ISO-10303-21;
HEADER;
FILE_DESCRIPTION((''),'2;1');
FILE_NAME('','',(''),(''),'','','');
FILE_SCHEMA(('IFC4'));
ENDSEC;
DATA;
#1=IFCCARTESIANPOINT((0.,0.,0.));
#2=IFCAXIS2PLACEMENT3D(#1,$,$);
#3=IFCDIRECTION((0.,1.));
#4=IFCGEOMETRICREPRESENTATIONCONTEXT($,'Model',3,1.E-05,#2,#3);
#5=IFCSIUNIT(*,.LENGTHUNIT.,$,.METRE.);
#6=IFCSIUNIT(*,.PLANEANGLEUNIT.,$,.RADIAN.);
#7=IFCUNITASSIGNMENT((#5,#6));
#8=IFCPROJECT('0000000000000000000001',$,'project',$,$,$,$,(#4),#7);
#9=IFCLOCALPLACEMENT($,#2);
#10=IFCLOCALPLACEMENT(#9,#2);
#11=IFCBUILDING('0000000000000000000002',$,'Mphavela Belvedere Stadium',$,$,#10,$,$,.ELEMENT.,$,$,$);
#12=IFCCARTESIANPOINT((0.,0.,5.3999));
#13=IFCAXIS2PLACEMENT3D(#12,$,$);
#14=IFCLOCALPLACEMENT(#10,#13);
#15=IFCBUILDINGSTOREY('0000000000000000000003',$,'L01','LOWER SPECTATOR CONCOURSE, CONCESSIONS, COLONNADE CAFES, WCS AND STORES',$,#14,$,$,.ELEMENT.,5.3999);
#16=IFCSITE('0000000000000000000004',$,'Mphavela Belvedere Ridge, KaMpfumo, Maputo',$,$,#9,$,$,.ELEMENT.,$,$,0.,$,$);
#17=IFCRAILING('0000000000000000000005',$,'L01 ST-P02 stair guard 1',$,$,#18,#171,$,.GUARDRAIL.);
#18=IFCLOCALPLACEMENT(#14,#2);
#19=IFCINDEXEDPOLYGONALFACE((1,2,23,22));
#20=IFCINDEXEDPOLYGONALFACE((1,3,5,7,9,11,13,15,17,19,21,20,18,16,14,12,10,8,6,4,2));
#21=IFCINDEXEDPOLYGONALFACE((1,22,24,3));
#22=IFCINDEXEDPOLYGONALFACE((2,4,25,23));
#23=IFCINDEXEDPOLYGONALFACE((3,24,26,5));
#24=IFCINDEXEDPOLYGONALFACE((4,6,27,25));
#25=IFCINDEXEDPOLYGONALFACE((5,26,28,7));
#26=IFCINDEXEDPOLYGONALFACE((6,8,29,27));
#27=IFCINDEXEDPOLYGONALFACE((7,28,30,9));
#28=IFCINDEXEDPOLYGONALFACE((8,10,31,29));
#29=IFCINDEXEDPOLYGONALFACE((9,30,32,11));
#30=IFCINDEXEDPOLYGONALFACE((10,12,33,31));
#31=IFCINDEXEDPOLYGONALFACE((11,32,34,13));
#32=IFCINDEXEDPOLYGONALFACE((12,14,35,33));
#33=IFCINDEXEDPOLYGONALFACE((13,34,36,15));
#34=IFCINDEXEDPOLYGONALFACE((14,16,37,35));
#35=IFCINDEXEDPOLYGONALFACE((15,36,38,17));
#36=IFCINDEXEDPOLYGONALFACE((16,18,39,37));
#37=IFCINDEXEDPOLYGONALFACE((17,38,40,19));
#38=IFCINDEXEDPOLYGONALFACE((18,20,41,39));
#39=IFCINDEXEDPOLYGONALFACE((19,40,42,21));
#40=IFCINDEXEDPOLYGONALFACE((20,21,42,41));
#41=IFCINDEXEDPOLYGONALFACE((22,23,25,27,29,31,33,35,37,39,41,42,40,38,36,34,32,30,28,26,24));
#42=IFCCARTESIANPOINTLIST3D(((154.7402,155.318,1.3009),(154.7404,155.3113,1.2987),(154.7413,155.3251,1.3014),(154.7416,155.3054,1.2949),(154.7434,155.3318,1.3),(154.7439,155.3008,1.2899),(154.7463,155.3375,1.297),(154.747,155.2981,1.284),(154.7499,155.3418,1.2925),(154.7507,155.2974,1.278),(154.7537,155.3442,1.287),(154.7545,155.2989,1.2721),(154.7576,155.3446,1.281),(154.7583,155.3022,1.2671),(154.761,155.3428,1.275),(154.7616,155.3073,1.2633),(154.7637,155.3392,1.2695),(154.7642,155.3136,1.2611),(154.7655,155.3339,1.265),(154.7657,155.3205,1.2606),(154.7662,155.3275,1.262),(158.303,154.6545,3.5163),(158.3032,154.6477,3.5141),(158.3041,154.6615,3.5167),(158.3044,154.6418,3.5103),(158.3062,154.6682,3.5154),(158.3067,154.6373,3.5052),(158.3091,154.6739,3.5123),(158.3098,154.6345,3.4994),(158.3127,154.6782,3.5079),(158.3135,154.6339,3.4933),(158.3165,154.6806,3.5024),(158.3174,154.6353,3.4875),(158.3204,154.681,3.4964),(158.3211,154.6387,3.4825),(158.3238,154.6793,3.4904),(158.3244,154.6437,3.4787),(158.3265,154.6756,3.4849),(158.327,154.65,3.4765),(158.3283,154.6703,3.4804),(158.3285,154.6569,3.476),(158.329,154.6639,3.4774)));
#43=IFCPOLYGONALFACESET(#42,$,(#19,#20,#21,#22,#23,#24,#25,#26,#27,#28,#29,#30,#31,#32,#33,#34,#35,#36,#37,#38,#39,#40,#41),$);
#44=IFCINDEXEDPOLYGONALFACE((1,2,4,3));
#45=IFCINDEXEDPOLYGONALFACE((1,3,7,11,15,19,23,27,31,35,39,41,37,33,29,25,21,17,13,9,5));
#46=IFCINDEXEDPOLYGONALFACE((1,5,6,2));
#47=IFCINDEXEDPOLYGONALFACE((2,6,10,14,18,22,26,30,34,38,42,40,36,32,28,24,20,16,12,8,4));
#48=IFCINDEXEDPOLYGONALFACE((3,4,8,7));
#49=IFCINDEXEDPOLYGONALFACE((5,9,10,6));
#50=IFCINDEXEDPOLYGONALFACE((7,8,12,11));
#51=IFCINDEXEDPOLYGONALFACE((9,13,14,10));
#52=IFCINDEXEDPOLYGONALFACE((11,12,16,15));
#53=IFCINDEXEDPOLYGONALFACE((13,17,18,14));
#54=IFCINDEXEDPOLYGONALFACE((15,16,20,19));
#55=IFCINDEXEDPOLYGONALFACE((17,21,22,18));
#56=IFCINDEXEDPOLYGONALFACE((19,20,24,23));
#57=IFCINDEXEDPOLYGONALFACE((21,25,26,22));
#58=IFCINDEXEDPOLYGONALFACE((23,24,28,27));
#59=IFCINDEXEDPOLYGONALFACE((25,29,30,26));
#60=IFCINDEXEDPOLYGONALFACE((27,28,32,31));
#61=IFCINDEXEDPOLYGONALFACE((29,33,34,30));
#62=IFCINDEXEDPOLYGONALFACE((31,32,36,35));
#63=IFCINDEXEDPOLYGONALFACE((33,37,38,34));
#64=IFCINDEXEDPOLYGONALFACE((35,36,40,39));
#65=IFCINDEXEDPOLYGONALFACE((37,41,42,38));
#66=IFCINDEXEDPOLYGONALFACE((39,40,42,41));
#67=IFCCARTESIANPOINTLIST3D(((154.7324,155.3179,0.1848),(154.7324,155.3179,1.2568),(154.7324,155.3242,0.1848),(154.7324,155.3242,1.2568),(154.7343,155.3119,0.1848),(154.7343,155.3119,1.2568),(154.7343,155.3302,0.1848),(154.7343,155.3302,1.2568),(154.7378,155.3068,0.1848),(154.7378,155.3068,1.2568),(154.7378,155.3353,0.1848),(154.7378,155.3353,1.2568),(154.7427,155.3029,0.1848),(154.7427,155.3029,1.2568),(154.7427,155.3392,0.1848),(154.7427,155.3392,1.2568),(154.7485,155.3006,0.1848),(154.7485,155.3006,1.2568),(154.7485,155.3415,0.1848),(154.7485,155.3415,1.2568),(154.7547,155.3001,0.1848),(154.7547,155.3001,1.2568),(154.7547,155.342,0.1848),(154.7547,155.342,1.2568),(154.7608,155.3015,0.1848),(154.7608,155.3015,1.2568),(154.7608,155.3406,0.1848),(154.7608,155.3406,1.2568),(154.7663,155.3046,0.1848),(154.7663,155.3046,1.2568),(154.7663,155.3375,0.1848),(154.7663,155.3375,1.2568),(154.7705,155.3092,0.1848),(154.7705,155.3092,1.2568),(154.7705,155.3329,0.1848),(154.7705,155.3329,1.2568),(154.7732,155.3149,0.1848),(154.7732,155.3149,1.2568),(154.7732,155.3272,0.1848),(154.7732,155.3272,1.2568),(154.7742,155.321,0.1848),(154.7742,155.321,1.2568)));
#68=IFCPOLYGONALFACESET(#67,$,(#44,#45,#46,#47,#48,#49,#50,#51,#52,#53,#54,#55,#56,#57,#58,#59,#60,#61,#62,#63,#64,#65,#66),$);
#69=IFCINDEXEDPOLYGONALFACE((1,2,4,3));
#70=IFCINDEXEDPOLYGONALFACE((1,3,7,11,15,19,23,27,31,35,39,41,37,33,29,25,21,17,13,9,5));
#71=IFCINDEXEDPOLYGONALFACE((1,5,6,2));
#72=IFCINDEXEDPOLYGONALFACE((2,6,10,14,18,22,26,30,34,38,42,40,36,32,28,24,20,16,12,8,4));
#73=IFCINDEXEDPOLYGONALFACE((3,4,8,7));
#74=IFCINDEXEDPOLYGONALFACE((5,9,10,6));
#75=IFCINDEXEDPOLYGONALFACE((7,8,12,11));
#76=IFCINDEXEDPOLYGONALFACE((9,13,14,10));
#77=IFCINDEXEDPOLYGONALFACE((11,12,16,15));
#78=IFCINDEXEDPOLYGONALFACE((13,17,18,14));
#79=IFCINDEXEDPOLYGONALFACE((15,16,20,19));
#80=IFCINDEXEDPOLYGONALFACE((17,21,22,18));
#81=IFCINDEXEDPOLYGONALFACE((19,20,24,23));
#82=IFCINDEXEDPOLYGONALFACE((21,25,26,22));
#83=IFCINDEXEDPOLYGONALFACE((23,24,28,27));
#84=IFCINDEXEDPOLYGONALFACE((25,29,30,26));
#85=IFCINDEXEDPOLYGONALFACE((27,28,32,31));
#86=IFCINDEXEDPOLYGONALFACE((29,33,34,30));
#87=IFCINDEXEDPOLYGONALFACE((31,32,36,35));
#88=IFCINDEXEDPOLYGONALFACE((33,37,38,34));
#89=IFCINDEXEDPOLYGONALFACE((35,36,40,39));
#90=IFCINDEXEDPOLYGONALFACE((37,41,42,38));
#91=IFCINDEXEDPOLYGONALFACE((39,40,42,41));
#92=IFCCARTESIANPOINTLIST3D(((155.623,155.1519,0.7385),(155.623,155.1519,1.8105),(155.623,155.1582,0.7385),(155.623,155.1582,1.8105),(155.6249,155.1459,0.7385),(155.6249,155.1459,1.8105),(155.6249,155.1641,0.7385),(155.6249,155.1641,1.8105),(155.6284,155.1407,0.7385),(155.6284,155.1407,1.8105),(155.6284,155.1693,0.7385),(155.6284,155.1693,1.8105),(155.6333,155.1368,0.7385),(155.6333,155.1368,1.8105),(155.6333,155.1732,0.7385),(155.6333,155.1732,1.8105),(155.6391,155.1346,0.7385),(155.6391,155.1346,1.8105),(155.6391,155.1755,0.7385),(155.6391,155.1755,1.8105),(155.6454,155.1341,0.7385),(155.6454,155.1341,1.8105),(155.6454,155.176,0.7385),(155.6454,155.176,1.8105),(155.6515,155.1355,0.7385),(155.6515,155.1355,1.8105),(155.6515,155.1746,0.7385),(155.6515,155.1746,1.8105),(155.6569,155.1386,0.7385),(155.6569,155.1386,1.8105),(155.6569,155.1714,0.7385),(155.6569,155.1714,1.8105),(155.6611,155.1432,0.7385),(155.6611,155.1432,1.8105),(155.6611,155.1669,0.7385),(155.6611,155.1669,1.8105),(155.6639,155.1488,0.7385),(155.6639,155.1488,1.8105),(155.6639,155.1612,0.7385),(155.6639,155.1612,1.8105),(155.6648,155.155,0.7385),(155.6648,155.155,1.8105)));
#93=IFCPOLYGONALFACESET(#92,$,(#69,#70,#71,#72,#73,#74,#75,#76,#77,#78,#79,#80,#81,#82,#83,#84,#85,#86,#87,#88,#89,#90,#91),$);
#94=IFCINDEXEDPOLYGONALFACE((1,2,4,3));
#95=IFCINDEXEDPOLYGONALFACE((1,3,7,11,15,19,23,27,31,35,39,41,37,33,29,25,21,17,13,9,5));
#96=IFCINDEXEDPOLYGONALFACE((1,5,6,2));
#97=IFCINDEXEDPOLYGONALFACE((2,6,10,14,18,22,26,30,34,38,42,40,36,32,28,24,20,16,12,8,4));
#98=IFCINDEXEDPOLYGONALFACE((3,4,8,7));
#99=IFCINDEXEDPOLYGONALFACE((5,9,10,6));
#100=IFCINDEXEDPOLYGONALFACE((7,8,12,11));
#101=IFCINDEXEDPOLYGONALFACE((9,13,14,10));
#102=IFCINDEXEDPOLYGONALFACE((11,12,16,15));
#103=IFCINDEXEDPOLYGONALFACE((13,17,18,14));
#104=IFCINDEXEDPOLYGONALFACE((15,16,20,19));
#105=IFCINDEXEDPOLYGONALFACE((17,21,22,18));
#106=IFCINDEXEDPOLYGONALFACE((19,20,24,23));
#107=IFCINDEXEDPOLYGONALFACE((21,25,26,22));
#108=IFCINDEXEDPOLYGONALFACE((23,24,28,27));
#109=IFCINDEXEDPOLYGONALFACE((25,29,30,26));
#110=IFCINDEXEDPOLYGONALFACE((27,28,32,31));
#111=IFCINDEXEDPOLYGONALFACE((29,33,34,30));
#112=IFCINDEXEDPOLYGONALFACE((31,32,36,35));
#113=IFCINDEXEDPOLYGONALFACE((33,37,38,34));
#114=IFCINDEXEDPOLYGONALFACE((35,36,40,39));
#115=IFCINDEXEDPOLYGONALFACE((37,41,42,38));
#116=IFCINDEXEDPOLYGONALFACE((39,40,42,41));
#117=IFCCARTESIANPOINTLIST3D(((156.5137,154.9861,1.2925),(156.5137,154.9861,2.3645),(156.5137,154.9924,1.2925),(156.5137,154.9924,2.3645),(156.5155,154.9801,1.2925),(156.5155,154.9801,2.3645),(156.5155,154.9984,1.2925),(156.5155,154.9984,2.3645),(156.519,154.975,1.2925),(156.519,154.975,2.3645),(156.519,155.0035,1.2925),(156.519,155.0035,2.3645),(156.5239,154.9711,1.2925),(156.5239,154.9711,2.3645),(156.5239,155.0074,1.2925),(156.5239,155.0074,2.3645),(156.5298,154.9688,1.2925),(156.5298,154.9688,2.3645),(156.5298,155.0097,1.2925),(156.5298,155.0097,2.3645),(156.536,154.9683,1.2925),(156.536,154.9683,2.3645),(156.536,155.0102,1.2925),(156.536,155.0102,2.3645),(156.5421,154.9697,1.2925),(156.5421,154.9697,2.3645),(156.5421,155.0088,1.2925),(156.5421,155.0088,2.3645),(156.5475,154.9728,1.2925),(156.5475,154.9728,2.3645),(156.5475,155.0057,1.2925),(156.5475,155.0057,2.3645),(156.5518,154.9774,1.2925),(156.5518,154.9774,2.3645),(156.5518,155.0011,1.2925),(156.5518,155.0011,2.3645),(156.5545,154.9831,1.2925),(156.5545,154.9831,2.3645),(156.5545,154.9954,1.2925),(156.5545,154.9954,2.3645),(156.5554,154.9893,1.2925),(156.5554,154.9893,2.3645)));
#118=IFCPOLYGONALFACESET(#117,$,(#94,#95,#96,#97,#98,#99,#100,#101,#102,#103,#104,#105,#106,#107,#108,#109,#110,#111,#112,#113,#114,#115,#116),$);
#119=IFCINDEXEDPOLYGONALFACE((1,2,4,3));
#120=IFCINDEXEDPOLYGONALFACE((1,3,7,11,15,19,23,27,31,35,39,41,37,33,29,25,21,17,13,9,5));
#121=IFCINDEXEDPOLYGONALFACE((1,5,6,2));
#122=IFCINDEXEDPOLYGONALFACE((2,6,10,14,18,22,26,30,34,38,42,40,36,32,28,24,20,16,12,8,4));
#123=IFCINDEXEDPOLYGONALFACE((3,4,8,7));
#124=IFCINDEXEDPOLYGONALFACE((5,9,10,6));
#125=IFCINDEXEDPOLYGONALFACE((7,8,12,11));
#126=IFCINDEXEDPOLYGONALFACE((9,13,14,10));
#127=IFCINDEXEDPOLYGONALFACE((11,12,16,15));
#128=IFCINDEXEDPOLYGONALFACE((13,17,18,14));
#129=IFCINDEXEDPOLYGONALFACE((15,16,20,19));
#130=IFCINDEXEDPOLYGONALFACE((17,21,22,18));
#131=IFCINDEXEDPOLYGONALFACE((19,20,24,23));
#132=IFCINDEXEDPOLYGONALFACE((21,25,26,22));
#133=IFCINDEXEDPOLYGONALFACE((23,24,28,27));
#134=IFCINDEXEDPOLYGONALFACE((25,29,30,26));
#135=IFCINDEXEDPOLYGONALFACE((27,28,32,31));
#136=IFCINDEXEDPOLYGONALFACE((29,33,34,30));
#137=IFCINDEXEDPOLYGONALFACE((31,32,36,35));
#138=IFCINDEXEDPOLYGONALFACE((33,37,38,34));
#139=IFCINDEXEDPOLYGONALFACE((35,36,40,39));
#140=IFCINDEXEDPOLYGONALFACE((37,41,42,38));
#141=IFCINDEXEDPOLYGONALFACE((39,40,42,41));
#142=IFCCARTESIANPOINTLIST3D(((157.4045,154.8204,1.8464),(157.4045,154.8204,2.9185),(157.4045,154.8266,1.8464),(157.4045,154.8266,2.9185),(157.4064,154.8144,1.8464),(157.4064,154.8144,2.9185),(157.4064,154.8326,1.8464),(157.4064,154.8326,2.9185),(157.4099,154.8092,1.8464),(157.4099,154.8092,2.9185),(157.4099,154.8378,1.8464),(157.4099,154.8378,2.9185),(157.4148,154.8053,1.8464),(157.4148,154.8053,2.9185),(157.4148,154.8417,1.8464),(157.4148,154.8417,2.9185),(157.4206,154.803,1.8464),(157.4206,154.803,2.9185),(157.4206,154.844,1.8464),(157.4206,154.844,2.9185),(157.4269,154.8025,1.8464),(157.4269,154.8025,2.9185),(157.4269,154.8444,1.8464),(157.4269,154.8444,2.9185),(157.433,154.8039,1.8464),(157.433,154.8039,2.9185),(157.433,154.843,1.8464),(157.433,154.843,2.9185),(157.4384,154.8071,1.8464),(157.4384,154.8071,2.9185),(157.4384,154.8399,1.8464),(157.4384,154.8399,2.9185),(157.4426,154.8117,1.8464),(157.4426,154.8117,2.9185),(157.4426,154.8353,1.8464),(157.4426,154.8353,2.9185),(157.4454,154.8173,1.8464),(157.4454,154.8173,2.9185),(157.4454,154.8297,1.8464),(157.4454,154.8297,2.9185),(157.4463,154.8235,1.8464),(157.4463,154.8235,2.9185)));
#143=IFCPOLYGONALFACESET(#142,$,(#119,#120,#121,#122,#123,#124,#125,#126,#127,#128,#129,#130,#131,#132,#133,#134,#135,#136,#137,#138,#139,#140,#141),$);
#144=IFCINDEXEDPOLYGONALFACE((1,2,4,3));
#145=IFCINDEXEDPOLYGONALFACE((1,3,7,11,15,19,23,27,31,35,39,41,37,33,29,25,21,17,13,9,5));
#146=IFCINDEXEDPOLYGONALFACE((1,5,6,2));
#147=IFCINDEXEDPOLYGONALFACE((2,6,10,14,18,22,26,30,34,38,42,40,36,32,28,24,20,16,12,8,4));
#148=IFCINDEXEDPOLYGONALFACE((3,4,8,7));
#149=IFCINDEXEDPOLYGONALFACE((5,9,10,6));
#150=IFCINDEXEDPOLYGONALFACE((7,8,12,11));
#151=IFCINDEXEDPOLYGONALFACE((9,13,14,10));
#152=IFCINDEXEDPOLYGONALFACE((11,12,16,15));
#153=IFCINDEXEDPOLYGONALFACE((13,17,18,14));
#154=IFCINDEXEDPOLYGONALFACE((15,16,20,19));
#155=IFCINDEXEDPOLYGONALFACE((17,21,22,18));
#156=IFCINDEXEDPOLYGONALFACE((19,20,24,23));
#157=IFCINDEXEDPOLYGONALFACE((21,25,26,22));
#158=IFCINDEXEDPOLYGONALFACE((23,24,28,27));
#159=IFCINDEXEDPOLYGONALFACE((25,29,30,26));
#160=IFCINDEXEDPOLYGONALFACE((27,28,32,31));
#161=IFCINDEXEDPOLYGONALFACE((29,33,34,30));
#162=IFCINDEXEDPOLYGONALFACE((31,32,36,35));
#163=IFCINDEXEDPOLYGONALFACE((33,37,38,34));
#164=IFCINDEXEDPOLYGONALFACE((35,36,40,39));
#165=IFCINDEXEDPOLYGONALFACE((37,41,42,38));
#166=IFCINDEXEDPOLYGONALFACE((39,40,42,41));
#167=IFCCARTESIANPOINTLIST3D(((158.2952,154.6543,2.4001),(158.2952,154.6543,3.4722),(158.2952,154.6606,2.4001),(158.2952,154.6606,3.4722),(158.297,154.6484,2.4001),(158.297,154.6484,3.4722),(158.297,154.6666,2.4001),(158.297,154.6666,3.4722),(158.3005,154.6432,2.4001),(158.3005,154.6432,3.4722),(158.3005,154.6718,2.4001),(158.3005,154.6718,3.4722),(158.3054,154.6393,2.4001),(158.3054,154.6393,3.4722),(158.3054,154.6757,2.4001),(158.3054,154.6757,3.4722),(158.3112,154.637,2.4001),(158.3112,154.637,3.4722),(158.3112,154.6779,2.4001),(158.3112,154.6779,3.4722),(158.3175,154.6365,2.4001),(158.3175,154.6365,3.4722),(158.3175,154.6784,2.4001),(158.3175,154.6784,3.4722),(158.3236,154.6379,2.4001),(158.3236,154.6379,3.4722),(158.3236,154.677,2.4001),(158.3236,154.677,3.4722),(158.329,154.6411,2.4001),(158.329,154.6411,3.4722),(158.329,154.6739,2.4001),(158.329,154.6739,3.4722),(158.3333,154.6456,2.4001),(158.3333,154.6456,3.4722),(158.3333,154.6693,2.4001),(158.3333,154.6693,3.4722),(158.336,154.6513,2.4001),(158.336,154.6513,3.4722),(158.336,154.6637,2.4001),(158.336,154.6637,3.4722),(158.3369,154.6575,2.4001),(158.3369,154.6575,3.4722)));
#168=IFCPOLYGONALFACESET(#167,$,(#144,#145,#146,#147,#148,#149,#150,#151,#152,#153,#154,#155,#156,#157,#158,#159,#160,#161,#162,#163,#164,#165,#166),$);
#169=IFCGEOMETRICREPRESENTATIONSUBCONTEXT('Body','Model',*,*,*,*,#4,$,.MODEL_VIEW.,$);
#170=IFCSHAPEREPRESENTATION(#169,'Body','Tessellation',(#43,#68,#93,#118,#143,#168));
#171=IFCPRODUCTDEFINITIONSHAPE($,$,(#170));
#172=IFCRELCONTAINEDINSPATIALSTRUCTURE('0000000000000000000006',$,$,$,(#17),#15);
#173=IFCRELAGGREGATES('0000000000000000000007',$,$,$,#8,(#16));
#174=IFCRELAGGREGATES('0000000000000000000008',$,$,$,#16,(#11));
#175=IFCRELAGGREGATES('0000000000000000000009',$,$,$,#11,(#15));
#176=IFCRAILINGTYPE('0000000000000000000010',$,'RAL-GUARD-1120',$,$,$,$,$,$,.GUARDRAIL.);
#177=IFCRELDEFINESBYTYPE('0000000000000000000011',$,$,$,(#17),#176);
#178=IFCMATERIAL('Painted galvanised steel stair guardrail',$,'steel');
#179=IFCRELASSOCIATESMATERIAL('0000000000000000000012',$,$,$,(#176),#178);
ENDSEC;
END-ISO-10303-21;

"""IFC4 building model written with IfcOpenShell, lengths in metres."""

from ifc_helpers import new_model, si_unit, direction, frame, origin, origin_2d, place, context, subcontext, project, spatial, circle, extrude, material, type_object, element, save


model = new_model("IFC4")

# Units and contexts
model_context = context("Model", 3, precision=1e-05, world=origin(), true_north=direction((0.0, 1.0)))
body_context = subcontext(model_context, "Body", "Model", "MODEL_VIEW")
ifc_project = project(units=[si_unit("LENGTHUNIT", "METRE"), si_unit("PLANEANGLEUNIT", "RADIAN")], contexts=[model_context])

# Site, building, storey
site_placement = place(None, origin())
site = spatial("IfcSite", under=ifc_project, at=site_placement, Name="Mphavela Belvedere Ridge, KaMpfumo, Maputo", CompositionType="ELEMENT", RefElevation=0.0)
building_placement = place(site_placement, origin())
building = spatial("IfcBuilding", under=site, at=building_placement, Name="Mphavela Belvedere Stadium", CompositionType="ELEMENT")
storey_placement = place(building_placement, frame((0.0, 0.0, 5.3999)))
storey = spatial("IfcBuildingStorey", under=building, at=storey_placement, Name="L01", Description="LOWER SPECTATOR CONCOURSE, CONCESSIONS, COLONNADE CAFES, WCS AND STORES", CompositionType="ELEMENT", Elevation=5.3999)

# Railing
ifc_material_1 = material(Name="Painted galvanised steel stair guardrail", Category="steel")
railing_type_1 = type_object("IfcRailingType", Name="RAL-GUARD-1120", PredefinedType="GUARDRAIL", material=ifc_material_1)
railing_1_placement = place(storey_placement, frame((154.7532, 155.321, 0.1848)))
element("IfcRailing", 1, at=railing_1_placement, inside=storey, type_object=railing_type_1, Name="L01 ST-P02 stair guard 1", PredefinedType="GUARDRAIL", context=body_context, shape_type="SweptSolid", body=[
    extrude(circle(Radius=0.0239, at=origin_2d()), frame((0.0, 0.0, 1.0962), z_axis=(0.838788, -0.156227, 0.521563), x_axis=(0.183105, 0.983093, 0.0)), (0.0, 0.0, 1.0), 4.2476),
    extrude(circle(Radius=0.021, at=origin_2d()), origin(), (0.0, 0.0, 1.0), 1.072),
    extrude(circle(Radius=0.021, at=origin_2d()), frame((0.8906, -0.166, 0.5537)), (0.0, 0.0, 1.0), 1.072),
    extrude(circle(Radius=0.021, at=origin_2d()), frame((1.7812, -0.3318, 1.1077)), (0.0, 0.0, 1.0), 1.072),
    extrude(circle(Radius=0.021, at=origin_2d()), frame((2.6721, -0.4976, 1.6616)), (0.0, 0.0, 1.0), 1.072),
    extrude(circle(Radius=0.021, at=origin_2d()), frame((3.5627, -0.6636, 2.2153)), (0.0, 0.0, 1.0), 1.072),
])

save(model, "model.ifc")
